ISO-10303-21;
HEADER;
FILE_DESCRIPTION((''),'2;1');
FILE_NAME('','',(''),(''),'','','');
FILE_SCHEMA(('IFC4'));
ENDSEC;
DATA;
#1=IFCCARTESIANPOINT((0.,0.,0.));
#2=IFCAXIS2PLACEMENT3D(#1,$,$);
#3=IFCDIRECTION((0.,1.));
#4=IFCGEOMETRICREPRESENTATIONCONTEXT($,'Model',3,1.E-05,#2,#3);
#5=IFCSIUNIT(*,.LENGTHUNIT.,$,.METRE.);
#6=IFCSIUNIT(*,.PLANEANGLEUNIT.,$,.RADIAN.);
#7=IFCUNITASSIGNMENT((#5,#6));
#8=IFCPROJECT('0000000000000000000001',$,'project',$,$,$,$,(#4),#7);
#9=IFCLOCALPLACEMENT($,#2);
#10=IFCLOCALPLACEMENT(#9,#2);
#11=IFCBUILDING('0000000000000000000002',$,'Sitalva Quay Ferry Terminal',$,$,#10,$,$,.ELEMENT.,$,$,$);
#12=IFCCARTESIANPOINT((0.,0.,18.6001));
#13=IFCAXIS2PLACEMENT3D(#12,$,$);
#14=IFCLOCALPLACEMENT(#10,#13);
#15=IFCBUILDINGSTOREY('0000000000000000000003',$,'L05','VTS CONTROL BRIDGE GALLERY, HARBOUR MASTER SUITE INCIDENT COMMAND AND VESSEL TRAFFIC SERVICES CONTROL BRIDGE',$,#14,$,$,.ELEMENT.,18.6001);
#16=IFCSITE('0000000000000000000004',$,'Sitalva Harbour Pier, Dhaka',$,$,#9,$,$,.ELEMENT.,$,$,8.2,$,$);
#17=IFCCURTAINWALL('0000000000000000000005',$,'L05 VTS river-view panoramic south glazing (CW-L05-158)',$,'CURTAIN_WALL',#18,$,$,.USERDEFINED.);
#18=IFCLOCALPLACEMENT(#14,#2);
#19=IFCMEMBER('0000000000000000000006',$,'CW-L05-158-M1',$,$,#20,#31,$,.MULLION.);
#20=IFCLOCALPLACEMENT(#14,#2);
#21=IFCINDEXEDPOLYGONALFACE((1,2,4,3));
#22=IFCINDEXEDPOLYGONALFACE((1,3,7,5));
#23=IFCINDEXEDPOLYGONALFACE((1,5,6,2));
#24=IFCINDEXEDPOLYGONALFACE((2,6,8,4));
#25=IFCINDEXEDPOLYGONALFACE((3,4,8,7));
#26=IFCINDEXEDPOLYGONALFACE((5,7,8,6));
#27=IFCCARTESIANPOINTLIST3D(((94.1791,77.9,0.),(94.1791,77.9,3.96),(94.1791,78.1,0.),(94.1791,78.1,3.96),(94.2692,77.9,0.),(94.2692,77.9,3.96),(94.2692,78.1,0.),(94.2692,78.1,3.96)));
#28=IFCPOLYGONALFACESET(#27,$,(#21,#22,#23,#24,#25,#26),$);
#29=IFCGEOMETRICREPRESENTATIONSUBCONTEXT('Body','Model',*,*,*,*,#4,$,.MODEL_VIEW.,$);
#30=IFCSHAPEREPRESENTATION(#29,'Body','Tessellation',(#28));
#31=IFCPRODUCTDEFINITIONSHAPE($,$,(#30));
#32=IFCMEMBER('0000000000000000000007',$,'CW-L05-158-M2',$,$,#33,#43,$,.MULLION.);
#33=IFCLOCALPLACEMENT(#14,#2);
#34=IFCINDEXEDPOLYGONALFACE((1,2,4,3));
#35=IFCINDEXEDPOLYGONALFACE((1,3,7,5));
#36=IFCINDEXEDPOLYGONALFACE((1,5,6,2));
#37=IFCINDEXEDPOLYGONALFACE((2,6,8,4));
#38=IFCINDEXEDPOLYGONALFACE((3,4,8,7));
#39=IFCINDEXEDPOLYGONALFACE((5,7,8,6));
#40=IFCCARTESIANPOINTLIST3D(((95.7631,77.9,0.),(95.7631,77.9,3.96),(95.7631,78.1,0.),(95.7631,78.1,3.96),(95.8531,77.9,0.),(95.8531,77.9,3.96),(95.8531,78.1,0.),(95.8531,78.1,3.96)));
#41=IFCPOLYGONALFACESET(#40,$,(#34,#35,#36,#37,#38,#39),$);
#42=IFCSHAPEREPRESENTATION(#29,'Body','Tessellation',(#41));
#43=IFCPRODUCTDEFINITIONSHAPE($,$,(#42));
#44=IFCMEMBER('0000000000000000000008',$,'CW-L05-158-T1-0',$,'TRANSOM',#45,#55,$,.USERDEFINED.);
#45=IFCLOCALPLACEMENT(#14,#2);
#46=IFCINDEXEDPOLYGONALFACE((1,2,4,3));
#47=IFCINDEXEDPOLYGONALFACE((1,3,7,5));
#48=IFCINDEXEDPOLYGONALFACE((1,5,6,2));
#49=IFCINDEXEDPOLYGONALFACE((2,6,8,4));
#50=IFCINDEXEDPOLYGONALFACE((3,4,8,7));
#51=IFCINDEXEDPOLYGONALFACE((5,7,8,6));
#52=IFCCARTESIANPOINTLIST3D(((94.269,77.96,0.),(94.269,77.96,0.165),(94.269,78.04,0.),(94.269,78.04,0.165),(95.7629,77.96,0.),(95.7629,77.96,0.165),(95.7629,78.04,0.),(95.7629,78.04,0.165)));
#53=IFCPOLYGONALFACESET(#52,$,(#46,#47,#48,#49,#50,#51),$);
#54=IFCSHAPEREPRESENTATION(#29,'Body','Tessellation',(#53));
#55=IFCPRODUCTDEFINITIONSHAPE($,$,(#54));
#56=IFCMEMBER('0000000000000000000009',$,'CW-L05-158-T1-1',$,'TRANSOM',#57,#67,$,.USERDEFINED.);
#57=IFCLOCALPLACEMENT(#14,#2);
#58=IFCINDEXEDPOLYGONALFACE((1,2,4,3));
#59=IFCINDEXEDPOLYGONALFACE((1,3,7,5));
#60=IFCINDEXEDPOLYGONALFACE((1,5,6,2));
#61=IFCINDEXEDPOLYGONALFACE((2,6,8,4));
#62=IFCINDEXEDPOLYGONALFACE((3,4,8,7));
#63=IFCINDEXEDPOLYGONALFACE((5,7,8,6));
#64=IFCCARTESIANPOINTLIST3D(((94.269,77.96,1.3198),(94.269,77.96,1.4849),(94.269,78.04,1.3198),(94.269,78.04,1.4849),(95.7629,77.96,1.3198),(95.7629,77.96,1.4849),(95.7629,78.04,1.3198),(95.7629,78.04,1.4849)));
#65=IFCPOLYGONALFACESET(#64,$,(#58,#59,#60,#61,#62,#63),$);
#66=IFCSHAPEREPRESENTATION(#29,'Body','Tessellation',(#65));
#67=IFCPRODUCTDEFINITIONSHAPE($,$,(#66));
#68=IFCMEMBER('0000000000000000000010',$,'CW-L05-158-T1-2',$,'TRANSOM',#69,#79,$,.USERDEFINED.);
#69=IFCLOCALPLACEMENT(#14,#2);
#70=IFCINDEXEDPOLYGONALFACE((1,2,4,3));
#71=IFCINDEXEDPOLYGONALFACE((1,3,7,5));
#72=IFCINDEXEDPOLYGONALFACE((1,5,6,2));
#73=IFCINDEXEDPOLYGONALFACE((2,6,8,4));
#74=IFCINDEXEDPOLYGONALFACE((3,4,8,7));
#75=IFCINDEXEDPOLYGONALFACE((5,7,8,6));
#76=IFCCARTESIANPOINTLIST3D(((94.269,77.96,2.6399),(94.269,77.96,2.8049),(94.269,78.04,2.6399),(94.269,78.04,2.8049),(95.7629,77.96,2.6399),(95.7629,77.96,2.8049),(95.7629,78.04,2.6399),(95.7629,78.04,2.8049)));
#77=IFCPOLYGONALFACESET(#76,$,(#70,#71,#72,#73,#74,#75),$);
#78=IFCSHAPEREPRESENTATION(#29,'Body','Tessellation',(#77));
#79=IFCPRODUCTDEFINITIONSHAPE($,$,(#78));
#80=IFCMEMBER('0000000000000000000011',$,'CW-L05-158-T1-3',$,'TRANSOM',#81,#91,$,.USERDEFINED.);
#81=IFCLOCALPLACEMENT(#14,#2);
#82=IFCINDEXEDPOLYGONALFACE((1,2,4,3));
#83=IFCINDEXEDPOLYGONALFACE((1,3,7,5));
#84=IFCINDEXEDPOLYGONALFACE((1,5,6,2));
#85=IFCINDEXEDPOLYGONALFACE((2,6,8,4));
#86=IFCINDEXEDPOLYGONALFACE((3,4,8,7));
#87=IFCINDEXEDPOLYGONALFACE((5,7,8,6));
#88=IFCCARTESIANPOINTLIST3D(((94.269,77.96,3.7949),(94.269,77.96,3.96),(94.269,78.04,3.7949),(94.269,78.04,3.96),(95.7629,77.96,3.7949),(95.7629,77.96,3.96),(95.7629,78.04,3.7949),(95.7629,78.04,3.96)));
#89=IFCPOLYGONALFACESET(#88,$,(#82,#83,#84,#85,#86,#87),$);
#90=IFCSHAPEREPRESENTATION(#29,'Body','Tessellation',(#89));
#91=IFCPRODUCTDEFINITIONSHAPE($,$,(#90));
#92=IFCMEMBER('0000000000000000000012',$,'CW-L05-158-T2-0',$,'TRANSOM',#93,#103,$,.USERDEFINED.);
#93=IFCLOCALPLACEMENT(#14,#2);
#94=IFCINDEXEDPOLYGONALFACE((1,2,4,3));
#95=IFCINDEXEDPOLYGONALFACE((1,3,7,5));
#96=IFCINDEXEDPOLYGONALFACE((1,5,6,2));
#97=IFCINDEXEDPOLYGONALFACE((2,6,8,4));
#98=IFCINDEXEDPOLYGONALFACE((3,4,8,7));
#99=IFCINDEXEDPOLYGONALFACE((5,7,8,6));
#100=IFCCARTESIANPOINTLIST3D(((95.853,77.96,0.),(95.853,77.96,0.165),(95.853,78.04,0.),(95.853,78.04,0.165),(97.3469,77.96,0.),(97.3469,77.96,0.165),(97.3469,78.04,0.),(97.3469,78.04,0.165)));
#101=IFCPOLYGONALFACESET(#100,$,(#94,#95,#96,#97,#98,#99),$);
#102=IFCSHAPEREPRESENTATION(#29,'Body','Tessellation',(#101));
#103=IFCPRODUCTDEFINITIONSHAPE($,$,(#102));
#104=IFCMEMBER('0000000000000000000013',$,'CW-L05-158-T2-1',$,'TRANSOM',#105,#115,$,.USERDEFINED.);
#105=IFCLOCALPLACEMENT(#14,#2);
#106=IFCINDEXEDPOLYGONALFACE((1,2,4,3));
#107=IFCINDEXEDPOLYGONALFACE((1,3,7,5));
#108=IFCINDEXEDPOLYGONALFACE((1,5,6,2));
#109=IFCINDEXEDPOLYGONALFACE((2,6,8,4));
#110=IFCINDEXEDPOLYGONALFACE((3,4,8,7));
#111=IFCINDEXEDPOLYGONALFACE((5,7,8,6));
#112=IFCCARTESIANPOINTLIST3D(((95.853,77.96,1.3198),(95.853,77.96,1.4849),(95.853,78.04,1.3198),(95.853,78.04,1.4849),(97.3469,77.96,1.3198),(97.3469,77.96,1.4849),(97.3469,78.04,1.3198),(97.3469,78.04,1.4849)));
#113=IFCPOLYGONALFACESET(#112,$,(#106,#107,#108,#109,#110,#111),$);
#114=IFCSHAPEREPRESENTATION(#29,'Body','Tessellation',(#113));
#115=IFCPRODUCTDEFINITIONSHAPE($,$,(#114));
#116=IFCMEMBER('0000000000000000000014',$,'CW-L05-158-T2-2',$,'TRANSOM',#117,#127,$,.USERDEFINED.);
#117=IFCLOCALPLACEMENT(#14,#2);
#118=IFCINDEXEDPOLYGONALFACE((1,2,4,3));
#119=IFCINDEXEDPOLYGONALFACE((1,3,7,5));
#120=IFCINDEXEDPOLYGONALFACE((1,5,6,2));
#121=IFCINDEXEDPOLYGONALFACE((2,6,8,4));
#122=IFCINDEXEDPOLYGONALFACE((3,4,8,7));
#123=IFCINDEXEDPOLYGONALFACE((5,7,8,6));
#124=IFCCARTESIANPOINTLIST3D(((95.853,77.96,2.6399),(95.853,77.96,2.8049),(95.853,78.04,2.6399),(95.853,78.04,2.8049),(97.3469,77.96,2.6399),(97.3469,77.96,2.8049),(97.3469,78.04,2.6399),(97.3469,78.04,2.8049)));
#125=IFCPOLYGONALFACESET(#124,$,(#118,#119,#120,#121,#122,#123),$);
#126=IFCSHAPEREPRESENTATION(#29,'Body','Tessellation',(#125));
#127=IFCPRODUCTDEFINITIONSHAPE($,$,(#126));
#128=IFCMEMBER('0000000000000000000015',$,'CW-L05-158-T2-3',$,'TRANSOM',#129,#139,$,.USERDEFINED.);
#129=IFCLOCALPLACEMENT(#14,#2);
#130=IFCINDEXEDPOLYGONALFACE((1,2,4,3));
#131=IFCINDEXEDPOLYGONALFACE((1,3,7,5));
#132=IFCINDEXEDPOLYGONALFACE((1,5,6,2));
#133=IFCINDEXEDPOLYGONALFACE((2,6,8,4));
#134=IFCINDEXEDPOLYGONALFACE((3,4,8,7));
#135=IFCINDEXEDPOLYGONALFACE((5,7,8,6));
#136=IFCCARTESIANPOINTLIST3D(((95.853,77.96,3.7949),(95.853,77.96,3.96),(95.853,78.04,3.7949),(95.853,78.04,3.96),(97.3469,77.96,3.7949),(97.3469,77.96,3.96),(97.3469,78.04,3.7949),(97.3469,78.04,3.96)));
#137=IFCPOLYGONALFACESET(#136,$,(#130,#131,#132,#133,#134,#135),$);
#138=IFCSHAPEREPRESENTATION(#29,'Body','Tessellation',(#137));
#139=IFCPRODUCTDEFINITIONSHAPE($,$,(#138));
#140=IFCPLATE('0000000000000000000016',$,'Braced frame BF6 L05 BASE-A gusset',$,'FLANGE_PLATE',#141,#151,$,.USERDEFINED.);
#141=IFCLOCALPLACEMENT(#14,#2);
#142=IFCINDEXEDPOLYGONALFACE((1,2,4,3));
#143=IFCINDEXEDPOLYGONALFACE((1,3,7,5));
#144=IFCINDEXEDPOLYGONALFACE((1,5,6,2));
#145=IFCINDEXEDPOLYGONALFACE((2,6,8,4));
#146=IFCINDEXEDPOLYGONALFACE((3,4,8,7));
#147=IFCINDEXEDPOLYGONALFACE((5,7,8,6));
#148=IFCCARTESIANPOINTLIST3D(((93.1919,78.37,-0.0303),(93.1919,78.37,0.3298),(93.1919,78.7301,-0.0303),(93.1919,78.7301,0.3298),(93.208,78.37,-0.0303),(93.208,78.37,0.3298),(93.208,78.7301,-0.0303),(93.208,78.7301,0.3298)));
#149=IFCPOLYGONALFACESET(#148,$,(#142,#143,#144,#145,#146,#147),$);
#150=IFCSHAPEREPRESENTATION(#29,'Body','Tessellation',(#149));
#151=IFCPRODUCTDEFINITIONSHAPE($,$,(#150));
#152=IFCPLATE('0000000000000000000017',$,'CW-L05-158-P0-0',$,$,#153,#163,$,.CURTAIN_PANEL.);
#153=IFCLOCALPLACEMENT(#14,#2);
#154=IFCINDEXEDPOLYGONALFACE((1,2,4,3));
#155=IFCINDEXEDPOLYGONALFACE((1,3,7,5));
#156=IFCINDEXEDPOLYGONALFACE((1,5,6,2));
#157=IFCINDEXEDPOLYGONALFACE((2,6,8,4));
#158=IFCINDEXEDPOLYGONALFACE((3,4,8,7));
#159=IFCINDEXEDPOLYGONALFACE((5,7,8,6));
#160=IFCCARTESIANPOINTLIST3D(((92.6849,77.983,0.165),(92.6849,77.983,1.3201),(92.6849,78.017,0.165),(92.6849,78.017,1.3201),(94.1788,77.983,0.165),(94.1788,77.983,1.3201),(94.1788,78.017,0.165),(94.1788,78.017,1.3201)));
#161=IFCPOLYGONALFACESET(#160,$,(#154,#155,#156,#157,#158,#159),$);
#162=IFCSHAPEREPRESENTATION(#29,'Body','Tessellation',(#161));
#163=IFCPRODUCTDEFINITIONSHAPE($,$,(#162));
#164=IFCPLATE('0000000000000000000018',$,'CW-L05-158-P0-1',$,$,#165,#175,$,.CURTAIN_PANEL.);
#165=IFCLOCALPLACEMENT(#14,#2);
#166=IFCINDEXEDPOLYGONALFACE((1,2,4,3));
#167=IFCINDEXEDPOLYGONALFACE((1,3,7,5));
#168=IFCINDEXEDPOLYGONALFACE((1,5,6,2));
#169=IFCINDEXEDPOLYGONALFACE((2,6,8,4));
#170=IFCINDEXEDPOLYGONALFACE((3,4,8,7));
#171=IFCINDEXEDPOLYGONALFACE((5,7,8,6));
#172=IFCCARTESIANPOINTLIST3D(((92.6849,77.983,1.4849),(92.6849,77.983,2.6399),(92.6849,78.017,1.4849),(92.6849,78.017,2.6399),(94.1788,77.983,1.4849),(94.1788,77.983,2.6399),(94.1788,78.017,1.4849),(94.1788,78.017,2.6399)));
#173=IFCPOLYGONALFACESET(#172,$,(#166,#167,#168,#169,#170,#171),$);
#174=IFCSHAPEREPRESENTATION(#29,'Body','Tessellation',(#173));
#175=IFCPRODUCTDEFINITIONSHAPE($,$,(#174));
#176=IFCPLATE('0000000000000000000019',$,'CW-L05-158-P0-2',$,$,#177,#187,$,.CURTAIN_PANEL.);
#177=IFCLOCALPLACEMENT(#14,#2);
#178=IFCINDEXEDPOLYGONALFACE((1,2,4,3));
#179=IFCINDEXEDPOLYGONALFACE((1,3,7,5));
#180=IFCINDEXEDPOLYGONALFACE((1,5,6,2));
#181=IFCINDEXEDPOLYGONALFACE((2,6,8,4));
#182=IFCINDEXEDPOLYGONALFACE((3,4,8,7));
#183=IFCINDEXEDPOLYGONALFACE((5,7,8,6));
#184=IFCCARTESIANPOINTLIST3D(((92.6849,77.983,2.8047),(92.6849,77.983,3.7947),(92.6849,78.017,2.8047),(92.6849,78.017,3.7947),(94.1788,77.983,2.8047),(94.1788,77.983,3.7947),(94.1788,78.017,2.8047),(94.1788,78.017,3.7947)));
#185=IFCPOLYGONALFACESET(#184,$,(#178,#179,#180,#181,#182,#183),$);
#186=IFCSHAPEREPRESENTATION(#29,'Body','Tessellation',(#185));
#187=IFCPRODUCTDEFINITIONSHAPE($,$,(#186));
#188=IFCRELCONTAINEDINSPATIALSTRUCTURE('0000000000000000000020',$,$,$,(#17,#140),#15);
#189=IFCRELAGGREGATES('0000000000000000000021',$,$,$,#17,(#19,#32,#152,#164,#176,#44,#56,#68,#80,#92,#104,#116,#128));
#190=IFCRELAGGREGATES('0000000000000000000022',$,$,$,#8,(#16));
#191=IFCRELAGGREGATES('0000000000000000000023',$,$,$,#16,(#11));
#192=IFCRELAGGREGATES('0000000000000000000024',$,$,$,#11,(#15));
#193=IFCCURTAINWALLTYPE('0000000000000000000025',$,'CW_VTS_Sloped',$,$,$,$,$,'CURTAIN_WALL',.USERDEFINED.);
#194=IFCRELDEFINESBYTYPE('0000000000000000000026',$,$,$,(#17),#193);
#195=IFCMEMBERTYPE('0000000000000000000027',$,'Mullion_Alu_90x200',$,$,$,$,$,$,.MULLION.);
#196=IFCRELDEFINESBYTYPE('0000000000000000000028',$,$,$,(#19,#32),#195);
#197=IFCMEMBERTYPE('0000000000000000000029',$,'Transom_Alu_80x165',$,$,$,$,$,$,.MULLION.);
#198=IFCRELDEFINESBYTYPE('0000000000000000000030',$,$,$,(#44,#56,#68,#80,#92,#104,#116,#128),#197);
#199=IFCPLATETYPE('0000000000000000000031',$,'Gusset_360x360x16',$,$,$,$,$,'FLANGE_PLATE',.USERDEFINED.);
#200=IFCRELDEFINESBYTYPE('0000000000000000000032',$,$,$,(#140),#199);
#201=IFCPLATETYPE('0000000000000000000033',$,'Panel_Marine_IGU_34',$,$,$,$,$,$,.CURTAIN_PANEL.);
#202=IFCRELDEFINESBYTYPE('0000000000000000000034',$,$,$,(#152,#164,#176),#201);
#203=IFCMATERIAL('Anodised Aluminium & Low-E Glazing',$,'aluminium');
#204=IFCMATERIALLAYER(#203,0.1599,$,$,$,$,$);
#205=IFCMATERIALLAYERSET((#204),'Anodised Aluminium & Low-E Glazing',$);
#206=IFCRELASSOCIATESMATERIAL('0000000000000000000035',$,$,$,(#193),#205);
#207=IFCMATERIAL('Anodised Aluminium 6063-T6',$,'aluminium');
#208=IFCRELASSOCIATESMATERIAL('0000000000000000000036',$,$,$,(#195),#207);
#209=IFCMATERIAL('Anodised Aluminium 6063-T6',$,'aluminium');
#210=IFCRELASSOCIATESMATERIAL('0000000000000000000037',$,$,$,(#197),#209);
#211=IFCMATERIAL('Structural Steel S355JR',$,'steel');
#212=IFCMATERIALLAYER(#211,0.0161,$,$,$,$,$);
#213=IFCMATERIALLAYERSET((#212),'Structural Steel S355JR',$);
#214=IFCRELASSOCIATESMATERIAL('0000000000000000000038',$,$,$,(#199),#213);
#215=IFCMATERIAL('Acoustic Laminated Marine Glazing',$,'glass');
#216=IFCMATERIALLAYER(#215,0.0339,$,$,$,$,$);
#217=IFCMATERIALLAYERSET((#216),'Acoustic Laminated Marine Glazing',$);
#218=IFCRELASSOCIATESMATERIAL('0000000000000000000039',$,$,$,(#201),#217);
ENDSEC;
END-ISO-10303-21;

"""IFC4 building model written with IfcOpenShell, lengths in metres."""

from ifc_helpers import new_model, si_unit, direction, frame, origin, origin_2d, place, context, subcontext, project, spatial, rectangle, extrude, material, layer, layer_set, material_profile, profile_set, type_object, element, aggregate, save


model = new_model("IFC4")

# Units and contexts
model_context = context("Model", 3, precision=1e-05, world=origin(), true_north=direction((0.0, 1.0)))
body_context = subcontext(model_context, "Body", "Model", "MODEL_VIEW")
ifc_project = project(units=[si_unit("LENGTHUNIT", "METRE"), si_unit("PLANEANGLEUNIT", "RADIAN")], contexts=[model_context])

# Site, building, storey
site_placement = place(None, origin())
site = spatial("IfcSite", under=ifc_project, at=site_placement, Name="Sitalva Harbour Pier, Dhaka", CompositionType="ELEMENT", RefElevation=8.2)
building_placement = place(site_placement, origin())
building = spatial("IfcBuilding", under=site, at=building_placement, Name="Sitalva Quay Ferry Terminal", CompositionType="ELEMENT")
storey_placement = place(building_placement, frame((0.0, 0.0, 18.6001)))
storey = spatial("IfcBuildingStorey", under=building, at=storey_placement, Name="L05", Description="VTS CONTROL BRIDGE GALLERY, HARBOUR MASTER SUITE INCIDENT COMMAND AND VESSEL TRAFFIC SERVICES CONTROL BRIDGE", CompositionType="ELEMENT", Elevation=18.6001)

# Curtain wall, members
ifc_material_1 = material(Name="Anodised Aluminium & Low-E Glazing", Category="aluminium")
ifc_layer_1 = layer(ifc_material_1, 0.1599)
ifc_layer_set_1 = layer_set([ifc_layer_1], Name="Anodised Aluminium & Low-E Glazing")
curtain_wall_type = type_object("IfcCurtainWallType", Name="CW_VTS_Sloped", ElementType="CURTAIN_WALL", PredefinedType="USERDEFINED", material=ifc_layer_set_1)
curtain_wall_placement = place(storey_placement, origin())
curtain_wall = element("IfcCurtainWall", 1, at=curtain_wall_placement, inside=storey, type_object=curtain_wall_type, Name="L05 VTS river-view panoramic south glazing (CW-L05-158)", ObjectType="CURTAIN_WALL", PredefinedType="USERDEFINED")
ifc_material_2 = material(Name="Anodised Aluminium 6063-T6", Category="aluminium")
ifc_material_profile_1 = material_profile(ifc_material_2, rectangle(XDim=0.0901, YDim=0.2, at=origin_2d()), Name="ALU90x200")
ifc_profile_set_1 = profile_set([ifc_material_profile_1], Name="Anodised Aluminium 6063-T6")
member_type_1 = type_object("IfcMemberType", Name="Mullion_Alu_90x200", PredefinedType="MULLION", material=ifc_profile_set_1)
member_1_placement = place(storey_placement, frame((94.2241, 78.0, 0.0), z_axis=(0.0, 0.0, 1.0), x_axis=(1.0, 0.0, 0.0)))
member_1 = element("IfcMember", 2, at=member_1_placement, type_object=member_type_1, Name="CW-L05-158-M1", PredefinedType="MULLION", context=body_context, shape_type="SweptSolid", body=[
    extrude(rectangle(XDim=0.0901, YDim=0.2, at=origin_2d()), origin(), (0.0, 0.0, 1.0), 3.96),
])
member_2_placement = place(storey_placement, frame((95.8081, 78.0, 0.0), z_axis=(0.0, 0.0, 1.0), x_axis=(1.0, 0.0, 0.0)))
member_2 = element("IfcMember", 3, at=member_2_placement, type_object=member_type_1, Name="CW-L05-158-M2", PredefinedType="MULLION", context=body_context, shape_type="SweptSolid", body=[
    extrude(rectangle(XDim=0.0901, YDim=0.2, at=origin_2d()), origin(), (0.0, 0.0, 1.0), 3.96),
])
ifc_material_3 = material(Name="Anodised Aluminium 6063-T6", Category="aluminium")
ifc_material_profile_2 = material_profile(ifc_material_3, rectangle(XDim=0.0801, YDim=0.165, at=origin_2d()), Name="ALU80x165")
ifc_profile_set_2 = profile_set([ifc_material_profile_2], Name="Anodised Aluminium 6063-T6")
member_type_2 = type_object("IfcMemberType", Name="Transom_Alu_80x165", PredefinedType="MULLION", material=ifc_profile_set_2)
member_3_placement = place(storey_placement, frame((94.269, 78.0, 0.0825), z_axis=(1.0, 0.0, 0.0), x_axis=(0.0, 1.0, 0.0)))
member_3 = element("IfcMember", 4, at=member_3_placement, type_object=member_type_2, Name="CW-L05-158-T1-0", ObjectType="TRANSOM", PredefinedType="USERDEFINED", context=body_context, shape_type="SweptSolid", body=[
    extrude(rectangle(XDim=0.0801, YDim=0.165, at=origin_2d()), origin(), (0.0, 0.0, 1.0), 1.4939),
])
member_4_placement = place(storey_placement, frame((94.269, 78.0, 1.4023), z_axis=(1.0, 0.0, 0.0), x_axis=(0.0, 1.0, 0.0)))
member_4 = element("IfcMember", 5, at=member_4_placement, type_object=member_type_2, Name="CW-L05-158-T1-1", ObjectType="TRANSOM", PredefinedType="USERDEFINED", context=body_context, shape_type="SweptSolid", body=[
    extrude(rectangle(XDim=0.0801, YDim=0.165, at=origin_2d()), origin(), (0.0, 0.0, 1.0), 1.4939),
])
member_5_placement = place(storey_placement, frame((94.269, 78.0, 2.7224), z_axis=(1.0, 0.0, 0.0), x_axis=(0.0, 1.0, 0.0)))
member_5 = element("IfcMember", 6, at=member_5_placement, type_object=member_type_2, Name="CW-L05-158-T1-2", ObjectType="TRANSOM", PredefinedType="USERDEFINED", context=body_context, shape_type="SweptSolid", body=[
    extrude(rectangle(XDim=0.0801, YDim=0.165, at=origin_2d()), origin(), (0.0, 0.0, 1.0), 1.4939),
])
member_6_placement = place(storey_placement, frame((94.269, 78.0, 3.8774), z_axis=(1.0, 0.0, 0.0), x_axis=(0.0, 1.0, 0.0)))
member_6 = element("IfcMember", 7, at=member_6_placement, type_object=member_type_2, Name="CW-L05-158-T1-3", ObjectType="TRANSOM", PredefinedType="USERDEFINED", context=body_context, shape_type="SweptSolid", body=[
    extrude(rectangle(XDim=0.0801, YDim=0.165, at=origin_2d()), origin(), (0.0, 0.0, 1.0), 1.4939),
])
member_7_placement = place(storey_placement, frame((95.853, 78.0, 0.0825), z_axis=(1.0, 0.0, 0.0), x_axis=(0.0, 1.0, 0.0)))
member_7 = element("IfcMember", 8, at=member_7_placement, type_object=member_type_2, Name="CW-L05-158-T2-0", ObjectType="TRANSOM", PredefinedType="USERDEFINED", context=body_context, shape_type="SweptSolid", body=[
    extrude(rectangle(XDim=0.0801, YDim=0.165, at=origin_2d()), origin(), (0.0, 0.0, 1.0), 1.4939),
])
member_8_placement = place(storey_placement, frame((95.853, 78.0, 1.4023), z_axis=(1.0, 0.0, 0.0), x_axis=(0.0, 1.0, 0.0)))
member_8 = element("IfcMember", 9, at=member_8_placement, type_object=member_type_2, Name="CW-L05-158-T2-1", ObjectType="TRANSOM", PredefinedType="USERDEFINED", context=body_context, shape_type="SweptSolid", body=[
    extrude(rectangle(XDim=0.0801, YDim=0.165, at=origin_2d()), origin(), (0.0, 0.0, 1.0), 1.4939),
])
member_9_placement = place(storey_placement, frame((95.853, 78.0, 2.7224), z_axis=(1.0, 0.0, 0.0), x_axis=(0.0, 1.0, 0.0)))
member_9 = element("IfcMember", 10, at=member_9_placement, type_object=member_type_2, Name="CW-L05-158-T2-2", ObjectType="TRANSOM", PredefinedType="USERDEFINED", context=body_context, shape_type="SweptSolid", body=[
    extrude(rectangle(XDim=0.0801, YDim=0.165, at=origin_2d()), origin(), (0.0, 0.0, 1.0), 1.4939),
])
member_10_placement = place(storey_placement, frame((95.853, 78.0, 3.8774), z_axis=(1.0, 0.0, 0.0), x_axis=(0.0, 1.0, 0.0)))
member_10 = element("IfcMember", 11, at=member_10_placement, type_object=member_type_2, Name="CW-L05-158-T2-3", ObjectType="TRANSOM", PredefinedType="USERDEFINED", context=body_context, shape_type="SweptSolid", body=[
    extrude(rectangle(XDim=0.0801, YDim=0.165, at=origin_2d()), origin(), (0.0, 0.0, 1.0), 1.4939),
])

# Plates
ifc_material_4 = material(Name="Structural Steel S355JR", Category="steel")
ifc_layer_2 = layer(ifc_material_4, 0.0161)
ifc_layer_set_2 = layer_set([ifc_layer_2], Name="Structural Steel S355JR")
plate_type_1 = type_object("IfcPlateType", Name="Gusset_360x360x16", ElementType="FLANGE_PLATE", PredefinedType="USERDEFINED", material=ifc_layer_set_2)
plate_1_placement = place(storey_placement, frame((93.2, 78.55, -0.0303), z_axis=(0.0, 0.0, 1.0), x_axis=(1.0, 0.0, 0.0)))
element("IfcPlate", 12, at=plate_1_placement, inside=storey, type_object=plate_type_1, Name="Braced frame BF6 L05 BASE-A gusset", ObjectType="FLANGE_PLATE", PredefinedType="USERDEFINED", context=body_context, shape_type="SweptSolid", body=[
    extrude(rectangle(XDim=0.0161, YDim=0.3601, at=origin_2d()), origin(), (0.0, 0.0, 1.0), 0.3601),
])
ifc_material_5 = material(Name="Acoustic Laminated Marine Glazing", Category="glass")
ifc_layer_3 = layer(ifc_material_5, 0.0339)
ifc_layer_set_3 = layer_set([ifc_layer_3], Name="Acoustic Laminated Marine Glazing")
plate_type_2 = type_object("IfcPlateType", Name="Panel_Marine_IGU_34", PredefinedType="CURTAIN_PANEL", material=ifc_layer_set_3)
plate_2_placement = place(storey_placement, frame((93.4319, 78.0, 0.165), z_axis=(0.0, 0.0, 1.0), x_axis=(1.0, 0.0, 0.0)))
plate_2 = element("IfcPlate", 13, at=plate_2_placement, type_object=plate_type_2, Name="CW-L05-158-P0-0", PredefinedType="CURTAIN_PANEL", context=body_context, shape_type="SweptSolid", body=[
    extrude(rectangle(XDim=1.4939, YDim=0.0339, at=origin_2d()), origin(), (0.0, 0.0, 1.0), 1.155),
])
plate_3_placement = place(storey_placement, frame((93.4319, 78.0, 1.4849), z_axis=(0.0, 0.0, 1.0), x_axis=(1.0, 0.0, 0.0)))
plate_3 = element("IfcPlate", 14, at=plate_3_placement, type_object=plate_type_2, Name="CW-L05-158-P0-1", PredefinedType="CURTAIN_PANEL", context=body_context, shape_type="SweptSolid", body=[
    extrude(rectangle(XDim=1.4939, YDim=0.0339, at=origin_2d()), origin(), (0.0, 0.0, 1.0), 1.155),
])
plate_4_placement = place(storey_placement, frame((93.4319, 78.0, 2.8047), z_axis=(0.0, 0.0, 1.0), x_axis=(1.0, 0.0, 0.0)))
plate_4 = element("IfcPlate", 15, at=plate_4_placement, type_object=plate_type_2, Name="CW-L05-158-P0-2", PredefinedType="CURTAIN_PANEL", context=body_context, shape_type="SweptSolid", body=[
    extrude(rectangle(XDim=1.4939, YDim=0.0339, at=origin_2d()), origin(), (0.0, 0.0, 1.0), 0.99),
])
aggregate(curtain_wall, [member_1, member_2, plate_2, plate_3, plate_4, member_3, member_4, member_5, member_6, member_7, member_8, member_9, member_10])

save(model, "model.ifc")
